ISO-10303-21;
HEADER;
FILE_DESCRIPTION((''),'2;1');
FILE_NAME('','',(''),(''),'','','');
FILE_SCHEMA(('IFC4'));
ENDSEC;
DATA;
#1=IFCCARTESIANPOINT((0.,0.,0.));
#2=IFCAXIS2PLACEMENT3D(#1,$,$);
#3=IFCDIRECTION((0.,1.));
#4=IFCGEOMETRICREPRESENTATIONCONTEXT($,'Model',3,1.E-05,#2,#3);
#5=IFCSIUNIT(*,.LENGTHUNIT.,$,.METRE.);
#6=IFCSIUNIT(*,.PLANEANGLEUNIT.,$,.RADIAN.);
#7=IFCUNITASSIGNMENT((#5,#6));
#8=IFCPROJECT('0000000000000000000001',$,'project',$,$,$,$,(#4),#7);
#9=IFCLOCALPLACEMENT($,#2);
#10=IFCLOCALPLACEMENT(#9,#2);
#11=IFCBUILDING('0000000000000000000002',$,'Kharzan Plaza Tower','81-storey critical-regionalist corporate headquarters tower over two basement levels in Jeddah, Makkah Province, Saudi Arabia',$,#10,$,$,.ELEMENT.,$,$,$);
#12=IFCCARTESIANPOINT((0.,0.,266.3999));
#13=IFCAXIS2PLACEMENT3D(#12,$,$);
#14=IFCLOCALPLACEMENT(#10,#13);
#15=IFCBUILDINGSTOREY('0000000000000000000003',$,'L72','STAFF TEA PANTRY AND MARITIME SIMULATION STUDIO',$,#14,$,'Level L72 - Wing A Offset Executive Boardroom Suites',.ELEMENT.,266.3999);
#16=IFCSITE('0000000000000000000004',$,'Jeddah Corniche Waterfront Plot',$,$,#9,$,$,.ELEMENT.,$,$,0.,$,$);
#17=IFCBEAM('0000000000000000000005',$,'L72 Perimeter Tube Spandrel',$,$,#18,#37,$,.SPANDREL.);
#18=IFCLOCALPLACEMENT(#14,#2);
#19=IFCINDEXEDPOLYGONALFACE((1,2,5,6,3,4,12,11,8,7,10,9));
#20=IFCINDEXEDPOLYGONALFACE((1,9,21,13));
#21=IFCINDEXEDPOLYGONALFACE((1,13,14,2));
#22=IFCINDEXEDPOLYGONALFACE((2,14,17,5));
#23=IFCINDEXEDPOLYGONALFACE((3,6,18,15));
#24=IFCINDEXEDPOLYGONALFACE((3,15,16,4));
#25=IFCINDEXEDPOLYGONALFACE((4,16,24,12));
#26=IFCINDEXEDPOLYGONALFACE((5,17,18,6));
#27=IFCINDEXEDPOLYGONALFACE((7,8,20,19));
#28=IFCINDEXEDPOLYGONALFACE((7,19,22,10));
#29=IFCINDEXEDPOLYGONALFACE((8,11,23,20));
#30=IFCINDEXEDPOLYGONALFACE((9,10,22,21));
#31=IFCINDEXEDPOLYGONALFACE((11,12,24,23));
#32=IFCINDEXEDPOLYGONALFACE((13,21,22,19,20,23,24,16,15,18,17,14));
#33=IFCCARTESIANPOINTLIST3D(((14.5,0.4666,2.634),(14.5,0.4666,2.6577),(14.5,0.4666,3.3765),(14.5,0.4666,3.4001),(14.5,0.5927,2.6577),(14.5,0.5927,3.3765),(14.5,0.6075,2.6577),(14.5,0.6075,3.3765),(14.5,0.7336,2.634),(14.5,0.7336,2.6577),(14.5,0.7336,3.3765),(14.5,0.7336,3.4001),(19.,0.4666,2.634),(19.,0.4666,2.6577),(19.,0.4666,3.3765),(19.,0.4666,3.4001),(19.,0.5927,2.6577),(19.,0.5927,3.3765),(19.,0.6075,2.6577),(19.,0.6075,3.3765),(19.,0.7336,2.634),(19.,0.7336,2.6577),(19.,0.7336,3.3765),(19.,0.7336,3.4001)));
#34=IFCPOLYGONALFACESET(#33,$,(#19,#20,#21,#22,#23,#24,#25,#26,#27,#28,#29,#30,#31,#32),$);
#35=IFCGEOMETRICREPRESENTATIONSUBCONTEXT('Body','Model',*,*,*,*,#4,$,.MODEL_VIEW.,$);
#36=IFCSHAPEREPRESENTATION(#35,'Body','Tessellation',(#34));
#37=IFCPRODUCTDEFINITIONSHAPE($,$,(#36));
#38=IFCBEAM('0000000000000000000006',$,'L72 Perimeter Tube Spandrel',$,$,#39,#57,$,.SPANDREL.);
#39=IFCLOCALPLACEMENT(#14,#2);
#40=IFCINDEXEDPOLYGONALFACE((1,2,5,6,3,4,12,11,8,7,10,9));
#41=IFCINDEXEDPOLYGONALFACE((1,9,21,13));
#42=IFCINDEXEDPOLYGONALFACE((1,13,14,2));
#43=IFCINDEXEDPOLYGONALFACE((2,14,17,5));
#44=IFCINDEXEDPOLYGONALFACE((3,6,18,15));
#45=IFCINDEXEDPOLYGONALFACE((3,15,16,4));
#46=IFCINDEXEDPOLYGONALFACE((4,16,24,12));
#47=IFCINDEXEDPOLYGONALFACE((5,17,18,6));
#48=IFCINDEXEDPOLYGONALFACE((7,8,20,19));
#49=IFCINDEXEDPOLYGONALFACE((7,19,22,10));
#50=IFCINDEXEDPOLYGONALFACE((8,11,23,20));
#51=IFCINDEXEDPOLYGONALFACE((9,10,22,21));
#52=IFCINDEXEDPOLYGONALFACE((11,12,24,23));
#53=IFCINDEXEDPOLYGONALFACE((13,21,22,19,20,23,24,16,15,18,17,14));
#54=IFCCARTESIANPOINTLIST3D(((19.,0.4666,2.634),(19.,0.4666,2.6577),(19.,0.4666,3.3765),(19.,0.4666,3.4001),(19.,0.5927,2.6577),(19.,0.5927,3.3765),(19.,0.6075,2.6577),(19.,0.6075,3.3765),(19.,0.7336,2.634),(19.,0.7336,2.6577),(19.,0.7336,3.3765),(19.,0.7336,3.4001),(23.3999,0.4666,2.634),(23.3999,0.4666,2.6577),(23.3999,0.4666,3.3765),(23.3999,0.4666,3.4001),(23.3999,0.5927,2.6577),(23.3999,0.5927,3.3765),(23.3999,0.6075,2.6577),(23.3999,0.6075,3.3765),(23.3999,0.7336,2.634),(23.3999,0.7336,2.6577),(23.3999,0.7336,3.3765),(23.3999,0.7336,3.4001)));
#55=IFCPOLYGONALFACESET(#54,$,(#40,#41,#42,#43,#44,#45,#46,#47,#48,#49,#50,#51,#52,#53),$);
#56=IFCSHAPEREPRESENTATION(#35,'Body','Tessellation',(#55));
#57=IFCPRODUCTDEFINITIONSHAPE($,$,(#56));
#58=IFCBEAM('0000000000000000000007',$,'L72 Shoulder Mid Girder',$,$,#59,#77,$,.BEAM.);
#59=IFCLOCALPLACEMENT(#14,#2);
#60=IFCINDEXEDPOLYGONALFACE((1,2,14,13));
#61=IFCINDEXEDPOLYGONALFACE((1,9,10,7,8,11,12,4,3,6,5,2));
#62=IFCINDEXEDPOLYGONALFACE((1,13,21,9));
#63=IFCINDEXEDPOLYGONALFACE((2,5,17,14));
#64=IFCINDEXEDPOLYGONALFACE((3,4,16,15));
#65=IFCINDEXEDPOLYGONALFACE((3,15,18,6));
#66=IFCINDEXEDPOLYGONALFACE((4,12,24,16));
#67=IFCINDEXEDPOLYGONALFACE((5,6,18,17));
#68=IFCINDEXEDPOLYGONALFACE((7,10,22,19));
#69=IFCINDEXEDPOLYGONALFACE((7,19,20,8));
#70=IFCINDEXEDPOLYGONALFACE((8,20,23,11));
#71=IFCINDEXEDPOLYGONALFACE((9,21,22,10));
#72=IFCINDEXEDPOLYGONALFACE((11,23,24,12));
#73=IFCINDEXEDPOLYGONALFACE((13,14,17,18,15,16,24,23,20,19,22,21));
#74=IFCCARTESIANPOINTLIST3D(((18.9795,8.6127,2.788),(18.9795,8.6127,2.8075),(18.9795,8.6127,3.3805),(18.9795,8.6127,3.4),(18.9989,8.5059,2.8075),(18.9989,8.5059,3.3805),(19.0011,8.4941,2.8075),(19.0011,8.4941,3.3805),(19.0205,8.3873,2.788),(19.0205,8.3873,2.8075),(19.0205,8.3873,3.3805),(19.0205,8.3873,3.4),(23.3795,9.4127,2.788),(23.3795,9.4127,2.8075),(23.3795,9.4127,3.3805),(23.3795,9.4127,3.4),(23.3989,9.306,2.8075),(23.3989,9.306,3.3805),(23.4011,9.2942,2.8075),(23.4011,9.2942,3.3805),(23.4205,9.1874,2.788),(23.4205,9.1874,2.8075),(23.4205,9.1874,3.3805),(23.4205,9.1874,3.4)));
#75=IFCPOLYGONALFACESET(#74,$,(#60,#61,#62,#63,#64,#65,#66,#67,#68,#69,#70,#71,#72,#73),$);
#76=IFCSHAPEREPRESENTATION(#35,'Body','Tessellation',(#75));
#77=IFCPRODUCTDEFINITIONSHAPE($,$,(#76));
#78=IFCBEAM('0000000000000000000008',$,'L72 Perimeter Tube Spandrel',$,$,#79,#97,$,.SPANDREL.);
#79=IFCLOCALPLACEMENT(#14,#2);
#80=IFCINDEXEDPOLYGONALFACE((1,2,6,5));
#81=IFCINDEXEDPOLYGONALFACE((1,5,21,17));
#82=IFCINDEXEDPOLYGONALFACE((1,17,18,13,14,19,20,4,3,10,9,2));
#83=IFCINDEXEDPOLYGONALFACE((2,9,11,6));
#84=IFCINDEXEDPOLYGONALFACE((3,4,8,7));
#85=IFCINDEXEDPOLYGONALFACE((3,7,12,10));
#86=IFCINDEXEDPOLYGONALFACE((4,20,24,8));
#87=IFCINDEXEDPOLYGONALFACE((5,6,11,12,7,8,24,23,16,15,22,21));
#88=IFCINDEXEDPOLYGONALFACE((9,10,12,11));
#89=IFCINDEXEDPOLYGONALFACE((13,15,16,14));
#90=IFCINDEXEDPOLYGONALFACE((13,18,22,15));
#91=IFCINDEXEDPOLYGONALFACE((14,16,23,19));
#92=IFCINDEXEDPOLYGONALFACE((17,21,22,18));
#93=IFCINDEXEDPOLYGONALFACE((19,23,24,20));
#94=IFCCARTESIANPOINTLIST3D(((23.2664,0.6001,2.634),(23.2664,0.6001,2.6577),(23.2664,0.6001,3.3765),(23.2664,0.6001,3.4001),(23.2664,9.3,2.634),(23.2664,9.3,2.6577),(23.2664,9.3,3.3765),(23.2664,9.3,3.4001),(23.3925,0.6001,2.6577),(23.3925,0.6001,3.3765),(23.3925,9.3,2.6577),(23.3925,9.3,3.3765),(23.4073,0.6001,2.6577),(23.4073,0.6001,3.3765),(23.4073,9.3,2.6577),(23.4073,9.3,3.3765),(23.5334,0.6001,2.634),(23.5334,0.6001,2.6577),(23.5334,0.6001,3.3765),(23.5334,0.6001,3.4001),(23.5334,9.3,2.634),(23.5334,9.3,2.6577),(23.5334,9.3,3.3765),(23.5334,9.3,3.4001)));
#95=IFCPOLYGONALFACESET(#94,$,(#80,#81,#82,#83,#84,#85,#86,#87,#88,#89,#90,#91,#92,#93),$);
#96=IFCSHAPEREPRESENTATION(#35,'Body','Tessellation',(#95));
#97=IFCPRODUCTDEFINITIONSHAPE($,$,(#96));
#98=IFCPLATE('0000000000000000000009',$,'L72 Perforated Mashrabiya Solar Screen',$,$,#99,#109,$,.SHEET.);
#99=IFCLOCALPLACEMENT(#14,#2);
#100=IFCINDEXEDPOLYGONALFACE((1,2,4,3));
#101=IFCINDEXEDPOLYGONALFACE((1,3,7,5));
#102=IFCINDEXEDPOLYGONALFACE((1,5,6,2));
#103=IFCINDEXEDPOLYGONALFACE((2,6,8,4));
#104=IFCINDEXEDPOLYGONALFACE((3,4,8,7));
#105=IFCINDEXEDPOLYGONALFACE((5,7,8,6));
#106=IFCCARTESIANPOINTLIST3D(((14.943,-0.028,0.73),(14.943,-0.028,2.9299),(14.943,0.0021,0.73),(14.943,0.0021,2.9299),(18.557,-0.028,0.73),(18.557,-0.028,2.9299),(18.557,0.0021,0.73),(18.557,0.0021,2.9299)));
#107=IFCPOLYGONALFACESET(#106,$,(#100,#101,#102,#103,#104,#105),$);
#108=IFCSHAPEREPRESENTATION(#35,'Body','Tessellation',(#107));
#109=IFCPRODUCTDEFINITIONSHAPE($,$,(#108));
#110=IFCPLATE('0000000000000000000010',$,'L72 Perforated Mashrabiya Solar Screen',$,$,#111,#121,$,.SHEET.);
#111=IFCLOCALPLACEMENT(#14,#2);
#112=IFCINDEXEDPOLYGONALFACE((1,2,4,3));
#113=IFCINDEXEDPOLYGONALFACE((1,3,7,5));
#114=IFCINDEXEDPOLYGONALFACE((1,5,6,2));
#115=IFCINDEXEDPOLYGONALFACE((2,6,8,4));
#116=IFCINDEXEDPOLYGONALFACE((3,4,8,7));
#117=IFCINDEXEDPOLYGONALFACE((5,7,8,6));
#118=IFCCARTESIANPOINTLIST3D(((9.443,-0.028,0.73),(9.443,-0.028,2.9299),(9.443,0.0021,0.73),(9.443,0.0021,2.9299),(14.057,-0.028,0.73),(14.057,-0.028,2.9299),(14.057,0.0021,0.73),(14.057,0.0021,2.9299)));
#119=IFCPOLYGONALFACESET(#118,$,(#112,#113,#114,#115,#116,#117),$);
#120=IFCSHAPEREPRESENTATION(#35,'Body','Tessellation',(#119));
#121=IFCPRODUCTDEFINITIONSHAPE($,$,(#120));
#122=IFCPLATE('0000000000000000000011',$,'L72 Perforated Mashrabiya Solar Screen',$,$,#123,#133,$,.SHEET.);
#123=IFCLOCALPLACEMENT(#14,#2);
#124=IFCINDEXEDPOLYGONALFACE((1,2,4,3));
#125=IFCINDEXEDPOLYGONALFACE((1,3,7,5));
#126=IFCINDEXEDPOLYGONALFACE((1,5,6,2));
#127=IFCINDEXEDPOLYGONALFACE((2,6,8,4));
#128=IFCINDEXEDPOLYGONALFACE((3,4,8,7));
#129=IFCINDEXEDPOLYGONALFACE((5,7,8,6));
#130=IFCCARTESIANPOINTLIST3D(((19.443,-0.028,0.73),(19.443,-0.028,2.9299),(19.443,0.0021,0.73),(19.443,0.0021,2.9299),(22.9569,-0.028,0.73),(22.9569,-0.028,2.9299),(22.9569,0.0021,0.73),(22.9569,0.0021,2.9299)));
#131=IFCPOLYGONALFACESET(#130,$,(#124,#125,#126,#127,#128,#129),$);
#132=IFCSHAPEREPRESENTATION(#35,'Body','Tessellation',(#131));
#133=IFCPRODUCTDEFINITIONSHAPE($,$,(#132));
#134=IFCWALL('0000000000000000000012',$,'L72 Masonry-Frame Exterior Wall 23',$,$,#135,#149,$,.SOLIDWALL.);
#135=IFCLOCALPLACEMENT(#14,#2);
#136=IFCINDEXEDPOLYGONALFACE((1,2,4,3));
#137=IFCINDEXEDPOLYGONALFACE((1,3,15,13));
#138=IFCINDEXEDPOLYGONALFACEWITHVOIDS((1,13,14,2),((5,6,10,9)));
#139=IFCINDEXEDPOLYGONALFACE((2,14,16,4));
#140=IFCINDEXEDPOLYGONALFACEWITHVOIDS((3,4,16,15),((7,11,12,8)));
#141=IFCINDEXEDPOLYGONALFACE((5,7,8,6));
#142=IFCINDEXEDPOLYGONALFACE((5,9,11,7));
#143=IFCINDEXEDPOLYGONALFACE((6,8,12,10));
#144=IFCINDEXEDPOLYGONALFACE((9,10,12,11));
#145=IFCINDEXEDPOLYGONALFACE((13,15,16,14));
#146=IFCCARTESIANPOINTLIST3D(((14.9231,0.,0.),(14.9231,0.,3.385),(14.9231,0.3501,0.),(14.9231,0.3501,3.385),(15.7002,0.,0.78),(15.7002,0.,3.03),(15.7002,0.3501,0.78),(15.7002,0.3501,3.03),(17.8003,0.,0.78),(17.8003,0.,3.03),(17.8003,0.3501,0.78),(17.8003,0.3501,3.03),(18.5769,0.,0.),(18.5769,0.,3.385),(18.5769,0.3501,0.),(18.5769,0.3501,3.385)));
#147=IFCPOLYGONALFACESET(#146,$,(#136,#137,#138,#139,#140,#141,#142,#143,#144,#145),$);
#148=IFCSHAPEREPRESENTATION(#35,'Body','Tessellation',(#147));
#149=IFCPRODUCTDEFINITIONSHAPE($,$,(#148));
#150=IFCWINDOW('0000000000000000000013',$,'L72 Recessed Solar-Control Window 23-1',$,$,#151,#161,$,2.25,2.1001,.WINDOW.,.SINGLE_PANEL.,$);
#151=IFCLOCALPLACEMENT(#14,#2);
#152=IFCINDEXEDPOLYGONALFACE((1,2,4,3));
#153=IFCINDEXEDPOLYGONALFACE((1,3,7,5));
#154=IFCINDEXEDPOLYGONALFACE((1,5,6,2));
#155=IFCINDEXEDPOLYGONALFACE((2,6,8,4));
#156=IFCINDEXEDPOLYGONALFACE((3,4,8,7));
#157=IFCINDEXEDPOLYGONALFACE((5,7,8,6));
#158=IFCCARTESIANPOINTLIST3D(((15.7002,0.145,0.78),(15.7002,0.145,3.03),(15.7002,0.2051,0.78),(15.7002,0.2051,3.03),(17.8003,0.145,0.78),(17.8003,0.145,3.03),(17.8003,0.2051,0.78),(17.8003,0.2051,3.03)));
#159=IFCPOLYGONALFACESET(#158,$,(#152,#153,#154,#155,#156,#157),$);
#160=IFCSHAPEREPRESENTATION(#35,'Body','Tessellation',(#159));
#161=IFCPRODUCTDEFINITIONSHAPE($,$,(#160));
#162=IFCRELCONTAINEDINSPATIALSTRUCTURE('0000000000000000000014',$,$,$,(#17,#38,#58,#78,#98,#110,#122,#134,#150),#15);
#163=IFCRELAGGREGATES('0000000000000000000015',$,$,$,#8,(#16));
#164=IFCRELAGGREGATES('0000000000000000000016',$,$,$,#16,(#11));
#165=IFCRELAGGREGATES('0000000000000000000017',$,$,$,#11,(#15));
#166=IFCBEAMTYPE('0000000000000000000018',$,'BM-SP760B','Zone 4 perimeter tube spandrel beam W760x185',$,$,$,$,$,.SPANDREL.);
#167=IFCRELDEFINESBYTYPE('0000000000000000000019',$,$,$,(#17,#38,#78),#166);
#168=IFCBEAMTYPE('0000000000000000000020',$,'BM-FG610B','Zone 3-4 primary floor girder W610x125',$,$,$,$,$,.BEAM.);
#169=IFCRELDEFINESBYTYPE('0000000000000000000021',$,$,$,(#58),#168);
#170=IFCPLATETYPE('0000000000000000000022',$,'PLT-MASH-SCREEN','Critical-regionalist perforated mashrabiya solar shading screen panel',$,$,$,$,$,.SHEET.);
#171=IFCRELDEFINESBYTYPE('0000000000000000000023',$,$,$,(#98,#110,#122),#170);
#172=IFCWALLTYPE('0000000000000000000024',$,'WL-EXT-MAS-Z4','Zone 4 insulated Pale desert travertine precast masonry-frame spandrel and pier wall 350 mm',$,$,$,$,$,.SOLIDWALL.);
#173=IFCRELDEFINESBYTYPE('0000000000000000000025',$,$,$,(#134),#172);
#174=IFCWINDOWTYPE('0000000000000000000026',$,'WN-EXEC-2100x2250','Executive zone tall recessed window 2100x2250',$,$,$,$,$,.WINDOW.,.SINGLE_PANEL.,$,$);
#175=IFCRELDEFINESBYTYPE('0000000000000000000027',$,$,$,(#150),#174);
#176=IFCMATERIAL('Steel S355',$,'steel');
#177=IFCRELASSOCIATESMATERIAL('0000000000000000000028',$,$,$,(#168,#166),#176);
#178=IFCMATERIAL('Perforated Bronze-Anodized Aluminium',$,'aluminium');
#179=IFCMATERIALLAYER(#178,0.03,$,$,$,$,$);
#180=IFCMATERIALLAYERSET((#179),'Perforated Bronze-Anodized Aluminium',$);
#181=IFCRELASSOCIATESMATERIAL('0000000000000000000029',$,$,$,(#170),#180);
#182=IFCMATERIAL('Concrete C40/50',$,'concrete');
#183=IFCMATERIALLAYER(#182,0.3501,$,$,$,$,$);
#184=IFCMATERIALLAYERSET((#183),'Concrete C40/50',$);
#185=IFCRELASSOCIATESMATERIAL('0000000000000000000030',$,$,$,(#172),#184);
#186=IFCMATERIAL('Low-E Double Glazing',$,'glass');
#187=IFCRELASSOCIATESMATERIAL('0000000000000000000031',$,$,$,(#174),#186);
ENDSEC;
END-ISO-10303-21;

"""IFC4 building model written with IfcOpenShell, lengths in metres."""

from ifc_helpers import new_model, si_unit, direction, frame, frame_2d, origin, origin_2d, place, context, subcontext, project, spatial, rectangle, i_section, extrude, source, transform, mapped, material, layer, layer_set, material_profile, profile_set, type_object, element, fill, save


model = new_model("IFC4")

# Units and contexts
model_context = context("Model", 3, precision=1e-05, world=origin(), true_north=direction((0.0, 1.0)))
body_context = subcontext(model_context, "Body", "Model", "MODEL_VIEW")
ifc_project = project(units=[si_unit("LENGTHUNIT", "METRE"), si_unit("PLANEANGLEUNIT", "RADIAN")], contexts=[model_context])

# Site, building, storey
site_placement = place(None, origin())
site = spatial("IfcSite", under=ifc_project, at=site_placement, Name="Jeddah Corniche Waterfront Plot", CompositionType="ELEMENT", RefElevation=0.0)
building_placement = place(site_placement, origin())
building = spatial("IfcBuilding", under=site, at=building_placement, Name="Kharzan Plaza Tower", Description="81-storey critical-regionalist corporate headquarters tower over two basement levels in Jeddah, Makkah Province, Saudi Arabia", CompositionType="ELEMENT")
storey_placement = place(building_placement, frame((0.0, 0.0, 266.3999)))
storey = spatial("IfcBuildingStorey", under=building, at=storey_placement, Name="L72", Description="STAFF TEA PANTRY AND MARITIME SIMULATION STUDIO", LongName="Level L72 - Wing A Offset Executive Boardroom Suites", CompositionType="ELEMENT", Elevation=266.3999)

# Beams
ifc_material_1 = material(Name="Steel S355", Category="steel")
ifc_material_profile_1 = material_profile(ifc_material_1, i_section(OverallWidth=0.229, OverallDepth=0.6121, WebThickness=0.012, FlangeThickness=0.0195, at=origin_2d()), Name="W610x125")
ifc_profile_set_1 = profile_set([ifc_material_profile_1], Name="Steel S355")
beam_type_1 = type_object("IfcBeamType", Name="BM-FG610B", Description="Zone 3-4 primary floor girder W610x125", PredefinedType="BEAM", material=ifc_profile_set_1)
ifc_material_profile_2 = material_profile(ifc_material_1, i_section(OverallWidth=0.2671, OverallDepth=0.7661, WebThickness=0.0149, FlangeThickness=0.0237, at=origin_2d()), Name="W760x185")
ifc_profile_set_2 = profile_set([ifc_material_profile_2], Name="Steel S355")
beam_type_2 = type_object("IfcBeamType", Name="BM-SP760B", Description="Zone 4 perimeter tube spandrel beam W760x185", PredefinedType="SPANDREL", material=ifc_profile_set_2)
shared_shape_1 = source(origin(), body_context, "Body", "SweptSolid", [
    extrude(i_section(OverallWidth=0.2671, OverallDepth=0.7661, WebThickness=0.0149, FlangeThickness=0.0237, at=origin_2d()), origin(), (0.0, 0.0, 1.0), 4.5),
])
beam_1_placement = place(storey_placement, frame((14.5, 0.6001, 3.0171), z_axis=(1.0, 0.0, 0.0), x_axis=(0.0, 1.0, 0.0)))
element("IfcBeam", 1, at=beam_1_placement, inside=storey, type_object=beam_type_2, Name="L72 Perimeter Tube Spandrel", PredefinedType="SPANDREL", context=body_context, shape_type="MappedRepresentation", body=[
    mapped(shared_shape_1, transform((0.0, 0.0, 0.0), x_axis=(1.0, 0.0, 0.0), y_axis=(0.0, 1.0, 0.0), z_axis=(0.0, 0.0, 1.0))),
])
shared_shape_2 = source(origin(), body_context, "Body", "SweptSolid", [
    extrude(i_section(OverallWidth=0.2671, OverallDepth=0.7661, WebThickness=0.0149, FlangeThickness=0.0237, at=origin_2d()), origin(), (0.0, 0.0, 1.0), 4.3999),
])
beam_2_placement = place(storey_placement, frame((19.0, 0.6001, 3.0171), z_axis=(1.0, 0.0, 0.0), x_axis=(0.0, 1.0, 0.0)))
element("IfcBeam", 2, at=beam_2_placement, inside=storey, type_object=beam_type_2, Name="L72 Perimeter Tube Spandrel", PredefinedType="SPANDREL", context=body_context, shape_type="MappedRepresentation", body=[
    mapped(shared_shape_2, transform((0.0, 0.0, 0.0), x_axis=(1.0, 0.0, 0.0), y_axis=(0.0, 1.0, 0.0), z_axis=(0.0, 0.0, 1.0))),
])
shared_shape_3 = source(origin(), body_context, "Body", "SweptSolid", [
    extrude(i_section(OverallWidth=0.229, OverallDepth=0.6121, WebThickness=0.012, FlangeThickness=0.0195, at=origin_2d()), origin(), (0.0, 0.0, 1.0), 4.4722),
])
beam_3_placement = place(storey_placement, frame((19.0, 8.5, 3.094), z_axis=(0.983867, 0.1789, 0.0), x_axis=(-0.1789, 0.983867, 0.0)))
element("IfcBeam", 3, at=beam_3_placement, inside=storey, type_object=beam_type_1, Name="L72 Shoulder Mid Girder", PredefinedType="BEAM", context=body_context, shape_type="MappedRepresentation", body=[
    mapped(shared_shape_3, transform((0.0, 0.0, 0.0), x_axis=(1.0, 0.0, 0.0), y_axis=(0.0, 1.0, 0.0), z_axis=(0.0, 0.0, 1.0))),
])
shared_shape_4 = source(origin(), body_context, "Body", "SweptSolid", [
    extrude(i_section(OverallWidth=0.2671, OverallDepth=0.7661, WebThickness=0.0149, FlangeThickness=0.0237, at=origin_2d()), origin(), (0.0, 0.0, 1.0), 8.7),
])
beam_4_placement = place(storey_placement, frame((23.3999, 0.6001, 3.0171), z_axis=(0.0, 1.0, 0.0), x_axis=(-1.0, 0.0, 0.0)))
element("IfcBeam", 4, at=beam_4_placement, inside=storey, type_object=beam_type_2, Name="L72 Perimeter Tube Spandrel", PredefinedType="SPANDREL", context=body_context, shape_type="MappedRepresentation", body=[
    mapped(shared_shape_4, transform((0.0, 0.0, 0.0), x_axis=(1.0, 0.0, 0.0), y_axis=(0.0, 1.0, 0.0), z_axis=(0.0, 0.0, 1.0))),
])

# Plates
ifc_material_2 = material(Name="Perforated Bronze-Anodized Aluminium", Category="aluminium")
ifc_layer_1 = layer(ifc_material_2, 0.03)
ifc_layer_set_1 = layer_set([ifc_layer_1], Name="Perforated Bronze-Anodized Aluminium")
plate_type = type_object("IfcPlateType", Name="PLT-MASH-SCREEN", Description="Critical-regionalist perforated mashrabiya solar shading screen panel", PredefinedType="SHEET", material=ifc_layer_set_1)
shared_shape_5 = source(origin(), body_context, "Body", "SweptSolid", [
    extrude(rectangle(XDim=3.614, YDim=0.03, at=origin_2d()), origin(), (0.0, 0.0, 1.0), 2.2),
])
plate_1_placement = place(storey_placement, frame((16.75, -0.0129, 0.73), z_axis=(0.0, 0.0, 1.0), x_axis=(1.0, 0.0, 0.0)))
element("IfcPlate", 5, at=plate_1_placement, inside=storey, type_object=plate_type, Name="L72 Perforated Mashrabiya Solar Screen", PredefinedType="SHEET", context=body_context, shape_type="MappedRepresentation", body=[
    mapped(shared_shape_5, transform((0.0, 0.0, 0.0), x_axis=(1.0, 0.0, 0.0), y_axis=(0.0, 1.0, 0.0), z_axis=(0.0, 0.0, 1.0))),
])
shared_shape_6 = source(origin(), body_context, "Body", "SweptSolid", [
    extrude(rectangle(XDim=4.614, YDim=0.03, at=origin_2d()), origin(), (0.0, 0.0, 1.0), 2.2),
])
plate_2_placement = place(storey_placement, frame((11.75, -0.0129, 0.73), z_axis=(0.0, 0.0, 1.0), x_axis=(1.0, 0.0, 0.0)))
element("IfcPlate", 6, at=plate_2_placement, inside=storey, type_object=plate_type, Name="L72 Perforated Mashrabiya Solar Screen", PredefinedType="SHEET", context=body_context, shape_type="MappedRepresentation", body=[
    mapped(shared_shape_6, transform((0.0, 0.0, 0.0), x_axis=(1.0, 0.0, 0.0), y_axis=(0.0, 1.0, 0.0), z_axis=(0.0, 0.0, 1.0))),
])
shared_shape_7 = source(origin(), body_context, "Body", "SweptSolid", [
    extrude(rectangle(XDim=3.5139, YDim=0.03, at=origin_2d()), origin(), (0.0, 0.0, 1.0), 2.2),
])
plate_3_placement = place(storey_placement, frame((21.2, -0.0129, 0.73), z_axis=(0.0, 0.0, 1.0), x_axis=(1.0, 0.0, 0.0)))
element("IfcPlate", 7, at=plate_3_placement, inside=storey, type_object=plate_type, Name="L72 Perforated Mashrabiya Solar Screen", PredefinedType="SHEET", context=body_context, shape_type="MappedRepresentation", body=[
    mapped(shared_shape_7, transform((0.0, 0.0, 0.0), x_axis=(1.0, 0.0, 0.0), y_axis=(0.0, 1.0, 0.0), z_axis=(0.0, 0.0, 1.0))),
])

# Wall, opening, window
ifc_material_3 = material(Name="Concrete C40/50", Category="concrete")
ifc_layer_2 = layer(ifc_material_3, 0.3501)
ifc_layer_set_2 = layer_set([ifc_layer_2], Name="Concrete C40/50")
wall_type_1 = type_object("IfcWallType", Name="WL-EXT-MAS-Z4", Description="Zone 4 insulated Pale desert travertine precast masonry-frame spandrel and pier wall 350 mm", PredefinedType="SOLIDWALL", material=ifc_layer_set_2)
wall_1_placement = place(storey_placement, frame((14.9231, 0.175, 0.0), z_axis=(0.0, 0.0, 1.0), x_axis=(1.0, 0.0, 0.0)))
wall_1 = element("IfcWall", 8, at=wall_1_placement, inside=storey, type_object=wall_type_1, Name="L72 Masonry-Frame Exterior Wall 23", PredefinedType="SOLIDWALL", context=body_context, shape_type="SweptSolid", body=[
    extrude(rectangle(XDim=3.6538, YDim=0.3501, at=frame_2d((1.8269, 0.0))), origin(), (0.0, 0.0, 1.0), 3.385),
])
opening_1_placement = place(wall_1_placement, frame((0.7771, 0.0, 0.78)))
opening_1 = element("IfcOpeningElement", 9, at=opening_1_placement, cuts=wall_1, PredefinedType="OPENING", context=body_context, shape_type="SweptSolid", body=[
    extrude(rectangle(XDim=2.1001, YDim=2.25, at=frame_2d((1.05, 1.125))), frame((0.0, 0.1851, 0.0), z_axis=(0.0, -1.0, 0.0), x_axis=(1.0, 0.0, 0.0)), (0.0, 0.0, 1.0), 0.3701),
])
ifc_material_4 = material(Name="Low-E Double Glazing", Category="glass")
window_type_1 = type_object("IfcWindowType", Name="WN-EXEC-2100x2250", Description="Executive zone tall recessed window 2100x2250", PartitioningType="SINGLE_PANEL", PredefinedType="WINDOW", material=ifc_material_4)
shared_shape_8 = source(origin(), body_context, "Body", "SweptSolid", [
    extrude(rectangle(XDim=2.1001, YDim=2.25, at=frame_2d((1.05, 1.125))), frame((0.0, 0.03, 0.0), z_axis=(0.0, -1.0, 0.0), x_axis=(1.0, 0.0, 0.0)), (0.0, 0.0, 1.0), 0.0601),
])
window_1_placement = place(opening_1_placement, origin())
window_1 = element("IfcWindow", 10, at=window_1_placement, inside=storey, type_object=window_type_1, Name="L72 Recessed Solar-Control Window 23-1", OverallHeight=2.25, OverallWidth=2.1001, PartitioningType="SINGLE_PANEL", PredefinedType="WINDOW", context=body_context, shape_type="MappedRepresentation", body=[
    mapped(shared_shape_8, transform((0.0, 0.0, 0.0), x_axis=(1.0, 0.0, 0.0), y_axis=(0.0, 1.0, 0.0), z_axis=(0.0, 0.0, 1.0))),
])
fill(opening_1, window_1)

save(model, "model.ifc")
